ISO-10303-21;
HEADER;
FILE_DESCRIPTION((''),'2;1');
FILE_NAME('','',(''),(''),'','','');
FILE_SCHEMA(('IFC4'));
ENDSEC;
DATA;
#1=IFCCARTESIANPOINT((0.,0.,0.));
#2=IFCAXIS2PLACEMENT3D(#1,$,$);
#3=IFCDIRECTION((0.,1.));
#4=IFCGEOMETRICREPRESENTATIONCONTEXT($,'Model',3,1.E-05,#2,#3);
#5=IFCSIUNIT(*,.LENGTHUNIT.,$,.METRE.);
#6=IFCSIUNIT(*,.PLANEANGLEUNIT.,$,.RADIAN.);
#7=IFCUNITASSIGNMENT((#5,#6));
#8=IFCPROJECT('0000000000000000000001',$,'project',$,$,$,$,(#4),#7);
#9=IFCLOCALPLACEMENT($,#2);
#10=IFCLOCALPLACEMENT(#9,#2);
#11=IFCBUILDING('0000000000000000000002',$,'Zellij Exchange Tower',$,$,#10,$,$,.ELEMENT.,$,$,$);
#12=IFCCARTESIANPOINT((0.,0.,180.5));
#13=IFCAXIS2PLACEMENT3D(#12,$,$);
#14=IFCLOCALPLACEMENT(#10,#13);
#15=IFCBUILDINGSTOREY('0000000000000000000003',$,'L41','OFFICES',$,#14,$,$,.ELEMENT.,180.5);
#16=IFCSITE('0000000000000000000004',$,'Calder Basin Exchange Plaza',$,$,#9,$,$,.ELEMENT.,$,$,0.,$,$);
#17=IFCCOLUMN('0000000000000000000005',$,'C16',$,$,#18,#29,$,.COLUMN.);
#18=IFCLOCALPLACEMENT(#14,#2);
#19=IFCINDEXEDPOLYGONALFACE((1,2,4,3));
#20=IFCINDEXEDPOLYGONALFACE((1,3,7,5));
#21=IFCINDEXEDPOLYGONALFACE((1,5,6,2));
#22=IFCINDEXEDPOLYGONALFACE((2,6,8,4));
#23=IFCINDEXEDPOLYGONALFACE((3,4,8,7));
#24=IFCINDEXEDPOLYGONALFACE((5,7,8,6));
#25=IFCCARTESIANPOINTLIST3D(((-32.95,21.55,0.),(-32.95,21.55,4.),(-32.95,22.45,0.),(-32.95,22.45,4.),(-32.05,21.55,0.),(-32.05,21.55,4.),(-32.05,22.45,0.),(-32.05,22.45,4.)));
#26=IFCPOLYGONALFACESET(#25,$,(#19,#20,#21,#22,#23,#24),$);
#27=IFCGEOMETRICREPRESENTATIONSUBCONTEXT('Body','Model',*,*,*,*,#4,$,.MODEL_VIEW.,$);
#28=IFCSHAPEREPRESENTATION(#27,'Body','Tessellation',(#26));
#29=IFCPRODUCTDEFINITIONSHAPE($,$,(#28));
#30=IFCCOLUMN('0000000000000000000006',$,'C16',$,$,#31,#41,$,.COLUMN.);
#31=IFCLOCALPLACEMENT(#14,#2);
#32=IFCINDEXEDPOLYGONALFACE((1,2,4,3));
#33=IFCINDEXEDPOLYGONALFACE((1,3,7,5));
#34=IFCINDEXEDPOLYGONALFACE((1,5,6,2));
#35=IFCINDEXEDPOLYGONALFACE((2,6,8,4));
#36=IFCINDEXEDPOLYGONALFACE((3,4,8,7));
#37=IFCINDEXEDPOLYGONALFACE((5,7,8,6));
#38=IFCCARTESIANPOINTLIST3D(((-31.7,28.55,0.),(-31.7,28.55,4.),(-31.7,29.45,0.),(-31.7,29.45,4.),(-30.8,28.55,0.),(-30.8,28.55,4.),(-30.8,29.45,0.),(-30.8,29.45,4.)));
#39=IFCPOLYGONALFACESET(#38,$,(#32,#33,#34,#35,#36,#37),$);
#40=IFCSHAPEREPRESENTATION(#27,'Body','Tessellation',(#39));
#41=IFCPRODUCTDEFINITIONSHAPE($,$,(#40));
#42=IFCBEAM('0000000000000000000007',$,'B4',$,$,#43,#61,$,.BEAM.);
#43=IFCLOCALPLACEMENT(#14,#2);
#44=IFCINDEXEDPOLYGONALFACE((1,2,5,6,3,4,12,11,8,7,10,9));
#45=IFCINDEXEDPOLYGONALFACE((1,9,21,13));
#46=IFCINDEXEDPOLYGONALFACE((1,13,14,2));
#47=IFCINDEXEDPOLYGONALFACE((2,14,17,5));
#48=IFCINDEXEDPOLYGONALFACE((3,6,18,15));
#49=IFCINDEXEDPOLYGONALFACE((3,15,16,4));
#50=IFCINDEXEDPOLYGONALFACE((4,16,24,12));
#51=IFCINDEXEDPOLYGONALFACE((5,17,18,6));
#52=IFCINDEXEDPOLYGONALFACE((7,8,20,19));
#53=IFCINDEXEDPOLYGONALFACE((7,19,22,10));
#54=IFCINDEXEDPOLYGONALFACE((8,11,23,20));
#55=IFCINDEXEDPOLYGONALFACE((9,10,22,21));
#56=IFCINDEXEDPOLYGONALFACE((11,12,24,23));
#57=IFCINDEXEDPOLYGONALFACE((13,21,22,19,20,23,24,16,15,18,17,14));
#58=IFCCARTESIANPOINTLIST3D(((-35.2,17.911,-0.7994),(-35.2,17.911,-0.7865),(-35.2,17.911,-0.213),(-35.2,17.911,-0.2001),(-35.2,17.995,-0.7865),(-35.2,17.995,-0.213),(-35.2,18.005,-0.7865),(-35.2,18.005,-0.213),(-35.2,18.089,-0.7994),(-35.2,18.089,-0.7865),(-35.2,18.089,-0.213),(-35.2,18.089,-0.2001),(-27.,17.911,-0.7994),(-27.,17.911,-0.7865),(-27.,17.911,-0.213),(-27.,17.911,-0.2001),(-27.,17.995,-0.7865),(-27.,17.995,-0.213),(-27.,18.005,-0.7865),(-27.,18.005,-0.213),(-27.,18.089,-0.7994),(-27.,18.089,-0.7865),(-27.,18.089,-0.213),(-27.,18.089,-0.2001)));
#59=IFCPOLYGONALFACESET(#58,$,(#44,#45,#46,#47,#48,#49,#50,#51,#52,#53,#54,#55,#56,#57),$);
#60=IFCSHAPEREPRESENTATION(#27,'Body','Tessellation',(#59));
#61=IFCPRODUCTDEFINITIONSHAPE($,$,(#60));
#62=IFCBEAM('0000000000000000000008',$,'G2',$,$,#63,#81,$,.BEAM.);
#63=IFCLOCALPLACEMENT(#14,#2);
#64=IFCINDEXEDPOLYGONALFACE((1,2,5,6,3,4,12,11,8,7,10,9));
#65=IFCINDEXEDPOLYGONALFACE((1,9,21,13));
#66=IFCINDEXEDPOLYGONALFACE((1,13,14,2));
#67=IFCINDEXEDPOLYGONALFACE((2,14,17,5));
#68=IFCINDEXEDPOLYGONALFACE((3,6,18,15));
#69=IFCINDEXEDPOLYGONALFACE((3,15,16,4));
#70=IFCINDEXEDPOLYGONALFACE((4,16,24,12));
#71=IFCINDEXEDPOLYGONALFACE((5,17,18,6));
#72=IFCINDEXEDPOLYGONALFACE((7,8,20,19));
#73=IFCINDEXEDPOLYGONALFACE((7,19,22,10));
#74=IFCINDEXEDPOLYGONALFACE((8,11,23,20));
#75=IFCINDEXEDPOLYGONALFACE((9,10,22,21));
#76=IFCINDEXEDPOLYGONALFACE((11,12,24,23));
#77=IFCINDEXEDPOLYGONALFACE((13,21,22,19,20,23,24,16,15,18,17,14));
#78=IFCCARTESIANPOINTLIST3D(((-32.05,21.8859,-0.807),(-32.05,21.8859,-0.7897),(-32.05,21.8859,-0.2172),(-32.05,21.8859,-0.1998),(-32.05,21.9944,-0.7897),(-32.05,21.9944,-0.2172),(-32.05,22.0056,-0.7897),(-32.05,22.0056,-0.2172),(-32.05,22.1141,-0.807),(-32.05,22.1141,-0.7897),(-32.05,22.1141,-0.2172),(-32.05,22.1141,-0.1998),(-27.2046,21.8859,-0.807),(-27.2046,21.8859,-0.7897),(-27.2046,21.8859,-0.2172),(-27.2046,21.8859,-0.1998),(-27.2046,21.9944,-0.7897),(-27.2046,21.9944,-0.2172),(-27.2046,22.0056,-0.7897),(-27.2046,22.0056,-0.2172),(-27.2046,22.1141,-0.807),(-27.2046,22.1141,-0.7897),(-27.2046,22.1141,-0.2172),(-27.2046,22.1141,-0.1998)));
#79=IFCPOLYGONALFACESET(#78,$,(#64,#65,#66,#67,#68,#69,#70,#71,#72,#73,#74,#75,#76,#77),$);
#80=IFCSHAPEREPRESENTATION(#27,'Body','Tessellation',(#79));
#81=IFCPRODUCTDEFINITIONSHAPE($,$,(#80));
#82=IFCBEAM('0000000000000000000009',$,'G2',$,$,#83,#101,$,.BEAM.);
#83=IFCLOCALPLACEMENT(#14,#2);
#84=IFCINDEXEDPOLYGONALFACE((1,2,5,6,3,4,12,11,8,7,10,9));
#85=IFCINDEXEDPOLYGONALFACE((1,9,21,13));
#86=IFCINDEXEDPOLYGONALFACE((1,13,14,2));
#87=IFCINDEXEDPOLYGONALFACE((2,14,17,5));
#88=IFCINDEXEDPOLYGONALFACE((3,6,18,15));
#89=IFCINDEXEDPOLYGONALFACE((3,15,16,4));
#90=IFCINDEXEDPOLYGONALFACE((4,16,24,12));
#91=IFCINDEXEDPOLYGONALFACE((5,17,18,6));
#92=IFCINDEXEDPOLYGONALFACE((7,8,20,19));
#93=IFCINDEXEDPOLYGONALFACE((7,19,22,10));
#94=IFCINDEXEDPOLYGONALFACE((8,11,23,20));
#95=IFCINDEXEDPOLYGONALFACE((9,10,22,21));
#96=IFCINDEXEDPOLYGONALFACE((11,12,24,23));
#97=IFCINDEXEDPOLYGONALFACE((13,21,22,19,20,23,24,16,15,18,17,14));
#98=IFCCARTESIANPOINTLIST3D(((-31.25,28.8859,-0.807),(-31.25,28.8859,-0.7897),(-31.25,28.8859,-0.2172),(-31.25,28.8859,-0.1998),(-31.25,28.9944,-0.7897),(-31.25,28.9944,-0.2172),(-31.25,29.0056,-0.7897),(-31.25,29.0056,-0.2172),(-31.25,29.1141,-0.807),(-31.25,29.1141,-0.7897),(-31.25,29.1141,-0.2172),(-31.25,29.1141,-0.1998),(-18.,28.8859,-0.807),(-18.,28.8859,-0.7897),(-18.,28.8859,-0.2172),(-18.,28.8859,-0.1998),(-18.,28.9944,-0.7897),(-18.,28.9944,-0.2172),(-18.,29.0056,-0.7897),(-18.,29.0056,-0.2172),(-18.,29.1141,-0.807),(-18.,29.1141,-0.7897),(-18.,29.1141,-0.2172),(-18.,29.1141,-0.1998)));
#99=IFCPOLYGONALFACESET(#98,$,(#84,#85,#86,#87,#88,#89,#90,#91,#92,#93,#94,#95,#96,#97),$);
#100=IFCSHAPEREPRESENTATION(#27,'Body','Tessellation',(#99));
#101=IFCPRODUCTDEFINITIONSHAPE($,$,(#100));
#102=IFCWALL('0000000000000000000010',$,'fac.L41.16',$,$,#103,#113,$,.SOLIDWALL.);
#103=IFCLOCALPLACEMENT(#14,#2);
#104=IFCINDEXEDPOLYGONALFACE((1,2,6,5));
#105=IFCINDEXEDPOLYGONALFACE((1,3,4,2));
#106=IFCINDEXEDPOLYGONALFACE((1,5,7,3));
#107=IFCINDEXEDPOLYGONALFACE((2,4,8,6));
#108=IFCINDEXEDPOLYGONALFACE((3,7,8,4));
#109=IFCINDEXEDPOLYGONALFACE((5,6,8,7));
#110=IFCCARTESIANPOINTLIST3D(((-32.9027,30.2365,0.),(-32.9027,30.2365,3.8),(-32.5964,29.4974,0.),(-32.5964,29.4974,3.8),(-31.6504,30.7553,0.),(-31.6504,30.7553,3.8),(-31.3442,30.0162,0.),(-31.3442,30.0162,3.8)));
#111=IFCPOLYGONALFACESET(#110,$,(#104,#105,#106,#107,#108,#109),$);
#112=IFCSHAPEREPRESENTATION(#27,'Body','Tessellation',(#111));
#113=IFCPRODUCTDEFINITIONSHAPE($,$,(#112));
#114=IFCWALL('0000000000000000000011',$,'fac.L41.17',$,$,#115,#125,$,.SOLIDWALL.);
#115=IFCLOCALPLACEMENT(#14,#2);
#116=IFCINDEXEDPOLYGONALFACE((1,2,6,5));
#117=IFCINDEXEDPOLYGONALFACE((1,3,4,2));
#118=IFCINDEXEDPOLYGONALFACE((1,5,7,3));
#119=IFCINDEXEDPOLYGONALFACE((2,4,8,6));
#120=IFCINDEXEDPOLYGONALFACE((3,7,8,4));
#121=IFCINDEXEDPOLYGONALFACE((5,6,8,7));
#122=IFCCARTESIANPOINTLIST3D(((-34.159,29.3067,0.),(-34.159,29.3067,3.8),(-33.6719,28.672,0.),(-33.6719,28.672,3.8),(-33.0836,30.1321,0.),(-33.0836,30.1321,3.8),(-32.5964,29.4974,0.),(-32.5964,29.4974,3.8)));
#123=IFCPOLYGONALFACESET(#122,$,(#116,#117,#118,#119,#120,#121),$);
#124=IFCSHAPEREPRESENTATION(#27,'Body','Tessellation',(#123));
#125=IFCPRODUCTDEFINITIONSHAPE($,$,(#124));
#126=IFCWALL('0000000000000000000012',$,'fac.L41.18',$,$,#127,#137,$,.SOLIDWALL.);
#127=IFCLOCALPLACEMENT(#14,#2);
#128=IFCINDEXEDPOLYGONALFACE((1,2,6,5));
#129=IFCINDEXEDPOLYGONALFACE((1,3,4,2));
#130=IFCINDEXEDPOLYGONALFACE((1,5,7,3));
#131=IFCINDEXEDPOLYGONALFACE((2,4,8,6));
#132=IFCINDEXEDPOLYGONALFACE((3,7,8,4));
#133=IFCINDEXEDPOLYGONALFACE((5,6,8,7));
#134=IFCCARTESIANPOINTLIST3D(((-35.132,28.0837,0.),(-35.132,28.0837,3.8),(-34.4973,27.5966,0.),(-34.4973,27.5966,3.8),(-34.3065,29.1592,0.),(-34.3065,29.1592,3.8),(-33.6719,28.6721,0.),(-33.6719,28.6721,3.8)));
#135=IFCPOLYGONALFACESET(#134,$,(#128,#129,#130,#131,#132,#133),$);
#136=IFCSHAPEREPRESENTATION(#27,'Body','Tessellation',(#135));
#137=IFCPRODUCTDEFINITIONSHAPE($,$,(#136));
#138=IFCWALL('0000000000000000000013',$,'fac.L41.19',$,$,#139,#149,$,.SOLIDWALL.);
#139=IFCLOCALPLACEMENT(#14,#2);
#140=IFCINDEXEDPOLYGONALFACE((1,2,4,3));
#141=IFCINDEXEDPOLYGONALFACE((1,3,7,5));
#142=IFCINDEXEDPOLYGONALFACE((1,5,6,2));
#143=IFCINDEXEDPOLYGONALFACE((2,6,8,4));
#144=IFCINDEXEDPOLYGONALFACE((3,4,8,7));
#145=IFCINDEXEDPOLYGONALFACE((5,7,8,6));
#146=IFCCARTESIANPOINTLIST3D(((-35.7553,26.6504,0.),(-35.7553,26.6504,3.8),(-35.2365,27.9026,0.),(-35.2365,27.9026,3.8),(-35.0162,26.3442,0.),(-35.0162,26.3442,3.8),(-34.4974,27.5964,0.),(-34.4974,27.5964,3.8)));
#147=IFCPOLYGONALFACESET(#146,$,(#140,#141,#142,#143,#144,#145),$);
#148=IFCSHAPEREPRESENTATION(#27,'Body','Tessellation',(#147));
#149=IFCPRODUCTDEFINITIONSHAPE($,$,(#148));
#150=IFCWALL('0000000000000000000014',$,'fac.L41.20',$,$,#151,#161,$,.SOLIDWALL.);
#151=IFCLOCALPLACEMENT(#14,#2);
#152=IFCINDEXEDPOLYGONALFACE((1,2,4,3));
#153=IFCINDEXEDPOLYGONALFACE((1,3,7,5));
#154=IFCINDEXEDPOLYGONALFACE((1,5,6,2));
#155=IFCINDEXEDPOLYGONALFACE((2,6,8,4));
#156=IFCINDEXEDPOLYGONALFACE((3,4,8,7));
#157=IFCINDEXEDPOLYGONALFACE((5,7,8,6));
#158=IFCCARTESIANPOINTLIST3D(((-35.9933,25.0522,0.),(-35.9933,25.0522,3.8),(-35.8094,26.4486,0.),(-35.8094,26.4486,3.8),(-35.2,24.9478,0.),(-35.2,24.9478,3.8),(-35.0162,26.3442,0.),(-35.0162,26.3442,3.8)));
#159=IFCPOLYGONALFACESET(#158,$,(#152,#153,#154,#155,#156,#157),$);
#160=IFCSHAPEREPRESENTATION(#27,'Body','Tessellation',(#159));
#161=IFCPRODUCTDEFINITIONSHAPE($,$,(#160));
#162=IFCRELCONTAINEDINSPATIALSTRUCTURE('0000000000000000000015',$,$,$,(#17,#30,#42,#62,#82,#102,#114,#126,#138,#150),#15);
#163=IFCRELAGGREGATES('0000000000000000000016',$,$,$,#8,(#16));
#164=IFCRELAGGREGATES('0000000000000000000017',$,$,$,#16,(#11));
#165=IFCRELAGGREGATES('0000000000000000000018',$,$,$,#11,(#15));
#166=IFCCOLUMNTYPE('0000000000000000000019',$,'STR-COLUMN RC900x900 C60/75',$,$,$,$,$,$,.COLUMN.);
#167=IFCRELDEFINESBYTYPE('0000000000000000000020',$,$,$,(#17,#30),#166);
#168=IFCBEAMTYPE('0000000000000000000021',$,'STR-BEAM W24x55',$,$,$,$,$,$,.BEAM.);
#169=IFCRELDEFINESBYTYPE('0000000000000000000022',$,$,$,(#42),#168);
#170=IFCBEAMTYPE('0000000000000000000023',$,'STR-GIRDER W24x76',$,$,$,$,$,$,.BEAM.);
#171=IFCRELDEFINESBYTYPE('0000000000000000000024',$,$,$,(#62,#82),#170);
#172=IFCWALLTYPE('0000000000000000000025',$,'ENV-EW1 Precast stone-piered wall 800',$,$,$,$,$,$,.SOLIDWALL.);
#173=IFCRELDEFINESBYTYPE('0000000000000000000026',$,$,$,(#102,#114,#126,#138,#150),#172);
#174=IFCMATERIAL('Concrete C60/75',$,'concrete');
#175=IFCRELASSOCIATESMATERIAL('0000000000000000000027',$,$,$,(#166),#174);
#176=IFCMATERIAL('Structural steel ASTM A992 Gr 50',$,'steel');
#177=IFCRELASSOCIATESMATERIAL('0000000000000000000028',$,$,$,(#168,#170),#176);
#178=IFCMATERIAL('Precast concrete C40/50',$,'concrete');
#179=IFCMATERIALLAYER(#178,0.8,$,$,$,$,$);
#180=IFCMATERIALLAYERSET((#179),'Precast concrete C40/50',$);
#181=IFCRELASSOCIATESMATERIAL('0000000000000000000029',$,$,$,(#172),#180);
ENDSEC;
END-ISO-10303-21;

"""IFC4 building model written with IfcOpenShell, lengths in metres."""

from ifc_helpers import new_model, si_unit, direction, frame, frame_2d, origin, origin_2d, place, context, subcontext, project, spatial, rectangle, i_section, extrude, material, layer, layer_set, material_profile, profile_set, type_object, element, save


model = new_model("IFC4")

# Units and contexts
model_context = context("Model", 3, precision=1e-05, world=origin(), true_north=direction((0.0, 1.0)))
body_context = subcontext(model_context, "Body", "Model", "MODEL_VIEW")
ifc_project = project(units=[si_unit("LENGTHUNIT", "METRE"), si_unit("PLANEANGLEUNIT", "RADIAN")], contexts=[model_context])

# Site, building, storey
site_placement = place(None, origin())
site = spatial("IfcSite", under=ifc_project, at=site_placement, Name="Calder Basin Exchange Plaza", CompositionType="ELEMENT", RefElevation=0.0)
building_placement = place(site_placement, origin())
building = spatial("IfcBuilding", under=site, at=building_placement, Name="Zellij Exchange Tower", CompositionType="ELEMENT")
storey_placement = place(building_placement, frame((0.0, 0.0, 180.5)))
storey = spatial("IfcBuildingStorey", under=building, at=storey_placement, Name="L41", Description="OFFICES", CompositionType="ELEMENT", Elevation=180.5)

# Columns
ifc_material_1 = material(Name="Concrete C60/75", Category="concrete")
ifc_material_profile_1 = material_profile(ifc_material_1, rectangle(XDim=0.8999, YDim=0.8999, at=origin_2d()), Name="STR-COLUMN RC900x900 C60/75")
ifc_profile_set_1 = profile_set([ifc_material_profile_1], Name="Concrete C60/75")
column_type = type_object("IfcColumnType", Name="STR-COLUMN RC900x900 C60/75", PredefinedType="COLUMN", material=ifc_profile_set_1)
for number, where, z_axis, x_axis, name in (
    (1, (-32.5, 22.0, 0.0), (0.0, 0.0, 1.0), (1.0, 0.0, 0.0), "C16"),
    (2, (-31.25, 29.0, 0.0), (0.0, 0.0, 1.0), (1.0, 0.0, 0.0), "C16"),
):
    element("IfcColumn", number, at=place(storey_placement, frame(where, z_axis=z_axis, x_axis=x_axis)), inside=storey, type_object=column_type, Name=name, PredefinedType="COLUMN", context=body_context, shape_type="SweptSolid", body=[
        extrude(rectangle(XDim=0.8999, YDim=0.8999, at=origin_2d()), origin(), (0.0, 0.0, 1.0), 4.0),
    ])

# Beams
ifc_material_2 = material(Name="Structural steel ASTM A992 Gr 50", Category="steel")
ifc_material_profile_2 = material_profile(ifc_material_2, i_section(OverallWidth=0.178, OverallDepth=0.5994, WebThickness=0.01, FlangeThickness=0.0129, at=origin_2d()), Name="W24x55")
ifc_profile_set_2 = profile_set([ifc_material_profile_2], Name="Structural steel ASTM A992 Gr 50")
beam_type_1 = type_object("IfcBeamType", Name="STR-BEAM W24x55", PredefinedType="BEAM", material=ifc_profile_set_2)
beam_1_placement = place(storey_placement, frame((-35.2, 18.0, -0.4998), z_axis=(1.0, 0.0, 0.0), x_axis=(0.0, 1.0, 0.0)))
element("IfcBeam", 3, at=beam_1_placement, inside=storey, type_object=beam_type_1, Name="B4", PredefinedType="BEAM", context=body_context, shape_type="SweptSolid", body=[
    extrude(i_section(OverallWidth=0.178, OverallDepth=0.5994, WebThickness=0.01, FlangeThickness=0.0129, at=origin_2d()), origin(), (0.0, 0.0, 1.0), 8.2),
])
ifc_material_profile_3 = material_profile(ifc_material_2, i_section(OverallWidth=0.2283, OverallDepth=0.6072, WebThickness=0.0112, FlangeThickness=0.0173, at=origin_2d()), Name="W24x76")
ifc_profile_set_3 = profile_set([ifc_material_profile_3], Name="Structural steel ASTM A992 Gr 50")
beam_type_2 = type_object("IfcBeamType", Name="STR-GIRDER W24x76", PredefinedType="BEAM", material=ifc_profile_set_3)
beam_2_placement = place(storey_placement, frame((-32.05, 22.0, -0.5034), z_axis=(1.0, 0.0, 0.0), x_axis=(0.0, 1.0, 0.0)))
element("IfcBeam", 4, at=beam_2_placement, inside=storey, type_object=beam_type_2, Name="G2", PredefinedType="BEAM", context=body_context, shape_type="SweptSolid", body=[
    extrude(i_section(OverallWidth=0.2283, OverallDepth=0.6072, WebThickness=0.0112, FlangeThickness=0.0173, at=origin_2d()), origin(), (0.0, 0.0, 1.0), 4.8455),
])
beam_3_placement = place(storey_placement, frame((-31.25, 29.0, -0.5034), z_axis=(1.0, 0.0, 0.0), x_axis=(0.0, 1.0, 0.0)))
element("IfcBeam", 5, at=beam_3_placement, inside=storey, type_object=beam_type_2, Name="G2", PredefinedType="BEAM", context=body_context, shape_type="SweptSolid", body=[
    extrude(i_section(OverallWidth=0.2283, OverallDepth=0.6072, WebThickness=0.0112, FlangeThickness=0.0173, at=origin_2d()), origin(), (0.0, 0.0, 1.0), 13.25),
])

# Walls
ifc_material_3 = material(Name="Precast concrete C40/50", Category="concrete")
ifc_layer_1 = layer(ifc_material_3, 0.8)
ifc_layer_set_1 = layer_set([ifc_layer_1], Name="Precast concrete C40/50")
wall_type = type_object("IfcWallType", Name="ENV-EW1 Precast stone-piered wall 800", PredefinedType="SOLIDWALL", material=ifc_layer_set_1)
wall_1_placement = place(storey_placement, frame((-31.4973, 30.3857, 0.0), z_axis=(0.0, 0.0, 1.0), x_axis=(-0.923848, -0.38276, 0.0)))
element("IfcWall", 6, at=wall_1_placement, inside=storey, type_object=wall_type, Name="fac.L41.16", PredefinedType="SOLIDWALL", context=body_context, shape_type="SweptSolid", body=[
    extrude(rectangle(XDim=1.3555, YDim=0.8, at=frame_2d((0.6777, 0.0))), origin(), (0.0, 0.0, 1.0), 3.8),
])
for number, where, z_axis, x_axis, name in (
    (7, (-32.8401, 29.8147, 0.0), (0.0, 0.0, 1.0), (-0.793273, -0.608866, 0.0), "fac.L41.17"),
    (8, (-33.9893, 28.9155, 0.0), (0.0, 0.0, 1.0), (-0.608866, -0.793273, 0.0), "fac.L41.18"),
):
    element("IfcWall", number, at=place(storey_placement, frame(where, z_axis=z_axis, x_axis=x_axis)), inside=storey, type_object=wall_type, Name=name, PredefinedType="SOLIDWALL", context=body_context, shape_type="SweptSolid", body=[
        extrude(rectangle(XDim=1.3557, YDim=0.8, at=frame_2d((0.6777, 0.0))), origin(), (0.0, 0.0, 1.0), 3.8),
    ])
wall_2_placement = place(storey_placement, frame((-34.8669, 27.7495, 0.0), z_axis=(0.0, 0.0, 1.0), x_axis=(-0.38276, -0.923848, 0.0)))
element("IfcWall", 9, at=wall_2_placement, inside=storey, type_object=wall_type, Name="fac.L41.19", PredefinedType="SOLIDWALL", context=body_context, shape_type="SweptSolid", body=[
    extrude(rectangle(XDim=1.3555, YDim=0.8, at=frame_2d((0.6777, 0.0))), origin(), (0.0, 0.0, 1.0), 3.8),
])
wall_3_placement = place(storey_placement, frame((-35.4128, 26.3962, 0.0), z_axis=(0.0, 0.0, 1.0), x_axis=(-0.130517, -0.991446, 0.0)))
element("IfcWall", 10, at=wall_3_placement, inside=storey, type_object=wall_type, Name="fac.L41.20", PredefinedType="SOLIDWALL", context=body_context, shape_type="SweptSolid", body=[
    extrude(rectangle(XDim=1.4084, YDim=0.8, at=frame_2d((0.7041, 0.0))), origin(), (0.0, 0.0, 1.0), 3.8),
])

save(model, "model.ifc")
